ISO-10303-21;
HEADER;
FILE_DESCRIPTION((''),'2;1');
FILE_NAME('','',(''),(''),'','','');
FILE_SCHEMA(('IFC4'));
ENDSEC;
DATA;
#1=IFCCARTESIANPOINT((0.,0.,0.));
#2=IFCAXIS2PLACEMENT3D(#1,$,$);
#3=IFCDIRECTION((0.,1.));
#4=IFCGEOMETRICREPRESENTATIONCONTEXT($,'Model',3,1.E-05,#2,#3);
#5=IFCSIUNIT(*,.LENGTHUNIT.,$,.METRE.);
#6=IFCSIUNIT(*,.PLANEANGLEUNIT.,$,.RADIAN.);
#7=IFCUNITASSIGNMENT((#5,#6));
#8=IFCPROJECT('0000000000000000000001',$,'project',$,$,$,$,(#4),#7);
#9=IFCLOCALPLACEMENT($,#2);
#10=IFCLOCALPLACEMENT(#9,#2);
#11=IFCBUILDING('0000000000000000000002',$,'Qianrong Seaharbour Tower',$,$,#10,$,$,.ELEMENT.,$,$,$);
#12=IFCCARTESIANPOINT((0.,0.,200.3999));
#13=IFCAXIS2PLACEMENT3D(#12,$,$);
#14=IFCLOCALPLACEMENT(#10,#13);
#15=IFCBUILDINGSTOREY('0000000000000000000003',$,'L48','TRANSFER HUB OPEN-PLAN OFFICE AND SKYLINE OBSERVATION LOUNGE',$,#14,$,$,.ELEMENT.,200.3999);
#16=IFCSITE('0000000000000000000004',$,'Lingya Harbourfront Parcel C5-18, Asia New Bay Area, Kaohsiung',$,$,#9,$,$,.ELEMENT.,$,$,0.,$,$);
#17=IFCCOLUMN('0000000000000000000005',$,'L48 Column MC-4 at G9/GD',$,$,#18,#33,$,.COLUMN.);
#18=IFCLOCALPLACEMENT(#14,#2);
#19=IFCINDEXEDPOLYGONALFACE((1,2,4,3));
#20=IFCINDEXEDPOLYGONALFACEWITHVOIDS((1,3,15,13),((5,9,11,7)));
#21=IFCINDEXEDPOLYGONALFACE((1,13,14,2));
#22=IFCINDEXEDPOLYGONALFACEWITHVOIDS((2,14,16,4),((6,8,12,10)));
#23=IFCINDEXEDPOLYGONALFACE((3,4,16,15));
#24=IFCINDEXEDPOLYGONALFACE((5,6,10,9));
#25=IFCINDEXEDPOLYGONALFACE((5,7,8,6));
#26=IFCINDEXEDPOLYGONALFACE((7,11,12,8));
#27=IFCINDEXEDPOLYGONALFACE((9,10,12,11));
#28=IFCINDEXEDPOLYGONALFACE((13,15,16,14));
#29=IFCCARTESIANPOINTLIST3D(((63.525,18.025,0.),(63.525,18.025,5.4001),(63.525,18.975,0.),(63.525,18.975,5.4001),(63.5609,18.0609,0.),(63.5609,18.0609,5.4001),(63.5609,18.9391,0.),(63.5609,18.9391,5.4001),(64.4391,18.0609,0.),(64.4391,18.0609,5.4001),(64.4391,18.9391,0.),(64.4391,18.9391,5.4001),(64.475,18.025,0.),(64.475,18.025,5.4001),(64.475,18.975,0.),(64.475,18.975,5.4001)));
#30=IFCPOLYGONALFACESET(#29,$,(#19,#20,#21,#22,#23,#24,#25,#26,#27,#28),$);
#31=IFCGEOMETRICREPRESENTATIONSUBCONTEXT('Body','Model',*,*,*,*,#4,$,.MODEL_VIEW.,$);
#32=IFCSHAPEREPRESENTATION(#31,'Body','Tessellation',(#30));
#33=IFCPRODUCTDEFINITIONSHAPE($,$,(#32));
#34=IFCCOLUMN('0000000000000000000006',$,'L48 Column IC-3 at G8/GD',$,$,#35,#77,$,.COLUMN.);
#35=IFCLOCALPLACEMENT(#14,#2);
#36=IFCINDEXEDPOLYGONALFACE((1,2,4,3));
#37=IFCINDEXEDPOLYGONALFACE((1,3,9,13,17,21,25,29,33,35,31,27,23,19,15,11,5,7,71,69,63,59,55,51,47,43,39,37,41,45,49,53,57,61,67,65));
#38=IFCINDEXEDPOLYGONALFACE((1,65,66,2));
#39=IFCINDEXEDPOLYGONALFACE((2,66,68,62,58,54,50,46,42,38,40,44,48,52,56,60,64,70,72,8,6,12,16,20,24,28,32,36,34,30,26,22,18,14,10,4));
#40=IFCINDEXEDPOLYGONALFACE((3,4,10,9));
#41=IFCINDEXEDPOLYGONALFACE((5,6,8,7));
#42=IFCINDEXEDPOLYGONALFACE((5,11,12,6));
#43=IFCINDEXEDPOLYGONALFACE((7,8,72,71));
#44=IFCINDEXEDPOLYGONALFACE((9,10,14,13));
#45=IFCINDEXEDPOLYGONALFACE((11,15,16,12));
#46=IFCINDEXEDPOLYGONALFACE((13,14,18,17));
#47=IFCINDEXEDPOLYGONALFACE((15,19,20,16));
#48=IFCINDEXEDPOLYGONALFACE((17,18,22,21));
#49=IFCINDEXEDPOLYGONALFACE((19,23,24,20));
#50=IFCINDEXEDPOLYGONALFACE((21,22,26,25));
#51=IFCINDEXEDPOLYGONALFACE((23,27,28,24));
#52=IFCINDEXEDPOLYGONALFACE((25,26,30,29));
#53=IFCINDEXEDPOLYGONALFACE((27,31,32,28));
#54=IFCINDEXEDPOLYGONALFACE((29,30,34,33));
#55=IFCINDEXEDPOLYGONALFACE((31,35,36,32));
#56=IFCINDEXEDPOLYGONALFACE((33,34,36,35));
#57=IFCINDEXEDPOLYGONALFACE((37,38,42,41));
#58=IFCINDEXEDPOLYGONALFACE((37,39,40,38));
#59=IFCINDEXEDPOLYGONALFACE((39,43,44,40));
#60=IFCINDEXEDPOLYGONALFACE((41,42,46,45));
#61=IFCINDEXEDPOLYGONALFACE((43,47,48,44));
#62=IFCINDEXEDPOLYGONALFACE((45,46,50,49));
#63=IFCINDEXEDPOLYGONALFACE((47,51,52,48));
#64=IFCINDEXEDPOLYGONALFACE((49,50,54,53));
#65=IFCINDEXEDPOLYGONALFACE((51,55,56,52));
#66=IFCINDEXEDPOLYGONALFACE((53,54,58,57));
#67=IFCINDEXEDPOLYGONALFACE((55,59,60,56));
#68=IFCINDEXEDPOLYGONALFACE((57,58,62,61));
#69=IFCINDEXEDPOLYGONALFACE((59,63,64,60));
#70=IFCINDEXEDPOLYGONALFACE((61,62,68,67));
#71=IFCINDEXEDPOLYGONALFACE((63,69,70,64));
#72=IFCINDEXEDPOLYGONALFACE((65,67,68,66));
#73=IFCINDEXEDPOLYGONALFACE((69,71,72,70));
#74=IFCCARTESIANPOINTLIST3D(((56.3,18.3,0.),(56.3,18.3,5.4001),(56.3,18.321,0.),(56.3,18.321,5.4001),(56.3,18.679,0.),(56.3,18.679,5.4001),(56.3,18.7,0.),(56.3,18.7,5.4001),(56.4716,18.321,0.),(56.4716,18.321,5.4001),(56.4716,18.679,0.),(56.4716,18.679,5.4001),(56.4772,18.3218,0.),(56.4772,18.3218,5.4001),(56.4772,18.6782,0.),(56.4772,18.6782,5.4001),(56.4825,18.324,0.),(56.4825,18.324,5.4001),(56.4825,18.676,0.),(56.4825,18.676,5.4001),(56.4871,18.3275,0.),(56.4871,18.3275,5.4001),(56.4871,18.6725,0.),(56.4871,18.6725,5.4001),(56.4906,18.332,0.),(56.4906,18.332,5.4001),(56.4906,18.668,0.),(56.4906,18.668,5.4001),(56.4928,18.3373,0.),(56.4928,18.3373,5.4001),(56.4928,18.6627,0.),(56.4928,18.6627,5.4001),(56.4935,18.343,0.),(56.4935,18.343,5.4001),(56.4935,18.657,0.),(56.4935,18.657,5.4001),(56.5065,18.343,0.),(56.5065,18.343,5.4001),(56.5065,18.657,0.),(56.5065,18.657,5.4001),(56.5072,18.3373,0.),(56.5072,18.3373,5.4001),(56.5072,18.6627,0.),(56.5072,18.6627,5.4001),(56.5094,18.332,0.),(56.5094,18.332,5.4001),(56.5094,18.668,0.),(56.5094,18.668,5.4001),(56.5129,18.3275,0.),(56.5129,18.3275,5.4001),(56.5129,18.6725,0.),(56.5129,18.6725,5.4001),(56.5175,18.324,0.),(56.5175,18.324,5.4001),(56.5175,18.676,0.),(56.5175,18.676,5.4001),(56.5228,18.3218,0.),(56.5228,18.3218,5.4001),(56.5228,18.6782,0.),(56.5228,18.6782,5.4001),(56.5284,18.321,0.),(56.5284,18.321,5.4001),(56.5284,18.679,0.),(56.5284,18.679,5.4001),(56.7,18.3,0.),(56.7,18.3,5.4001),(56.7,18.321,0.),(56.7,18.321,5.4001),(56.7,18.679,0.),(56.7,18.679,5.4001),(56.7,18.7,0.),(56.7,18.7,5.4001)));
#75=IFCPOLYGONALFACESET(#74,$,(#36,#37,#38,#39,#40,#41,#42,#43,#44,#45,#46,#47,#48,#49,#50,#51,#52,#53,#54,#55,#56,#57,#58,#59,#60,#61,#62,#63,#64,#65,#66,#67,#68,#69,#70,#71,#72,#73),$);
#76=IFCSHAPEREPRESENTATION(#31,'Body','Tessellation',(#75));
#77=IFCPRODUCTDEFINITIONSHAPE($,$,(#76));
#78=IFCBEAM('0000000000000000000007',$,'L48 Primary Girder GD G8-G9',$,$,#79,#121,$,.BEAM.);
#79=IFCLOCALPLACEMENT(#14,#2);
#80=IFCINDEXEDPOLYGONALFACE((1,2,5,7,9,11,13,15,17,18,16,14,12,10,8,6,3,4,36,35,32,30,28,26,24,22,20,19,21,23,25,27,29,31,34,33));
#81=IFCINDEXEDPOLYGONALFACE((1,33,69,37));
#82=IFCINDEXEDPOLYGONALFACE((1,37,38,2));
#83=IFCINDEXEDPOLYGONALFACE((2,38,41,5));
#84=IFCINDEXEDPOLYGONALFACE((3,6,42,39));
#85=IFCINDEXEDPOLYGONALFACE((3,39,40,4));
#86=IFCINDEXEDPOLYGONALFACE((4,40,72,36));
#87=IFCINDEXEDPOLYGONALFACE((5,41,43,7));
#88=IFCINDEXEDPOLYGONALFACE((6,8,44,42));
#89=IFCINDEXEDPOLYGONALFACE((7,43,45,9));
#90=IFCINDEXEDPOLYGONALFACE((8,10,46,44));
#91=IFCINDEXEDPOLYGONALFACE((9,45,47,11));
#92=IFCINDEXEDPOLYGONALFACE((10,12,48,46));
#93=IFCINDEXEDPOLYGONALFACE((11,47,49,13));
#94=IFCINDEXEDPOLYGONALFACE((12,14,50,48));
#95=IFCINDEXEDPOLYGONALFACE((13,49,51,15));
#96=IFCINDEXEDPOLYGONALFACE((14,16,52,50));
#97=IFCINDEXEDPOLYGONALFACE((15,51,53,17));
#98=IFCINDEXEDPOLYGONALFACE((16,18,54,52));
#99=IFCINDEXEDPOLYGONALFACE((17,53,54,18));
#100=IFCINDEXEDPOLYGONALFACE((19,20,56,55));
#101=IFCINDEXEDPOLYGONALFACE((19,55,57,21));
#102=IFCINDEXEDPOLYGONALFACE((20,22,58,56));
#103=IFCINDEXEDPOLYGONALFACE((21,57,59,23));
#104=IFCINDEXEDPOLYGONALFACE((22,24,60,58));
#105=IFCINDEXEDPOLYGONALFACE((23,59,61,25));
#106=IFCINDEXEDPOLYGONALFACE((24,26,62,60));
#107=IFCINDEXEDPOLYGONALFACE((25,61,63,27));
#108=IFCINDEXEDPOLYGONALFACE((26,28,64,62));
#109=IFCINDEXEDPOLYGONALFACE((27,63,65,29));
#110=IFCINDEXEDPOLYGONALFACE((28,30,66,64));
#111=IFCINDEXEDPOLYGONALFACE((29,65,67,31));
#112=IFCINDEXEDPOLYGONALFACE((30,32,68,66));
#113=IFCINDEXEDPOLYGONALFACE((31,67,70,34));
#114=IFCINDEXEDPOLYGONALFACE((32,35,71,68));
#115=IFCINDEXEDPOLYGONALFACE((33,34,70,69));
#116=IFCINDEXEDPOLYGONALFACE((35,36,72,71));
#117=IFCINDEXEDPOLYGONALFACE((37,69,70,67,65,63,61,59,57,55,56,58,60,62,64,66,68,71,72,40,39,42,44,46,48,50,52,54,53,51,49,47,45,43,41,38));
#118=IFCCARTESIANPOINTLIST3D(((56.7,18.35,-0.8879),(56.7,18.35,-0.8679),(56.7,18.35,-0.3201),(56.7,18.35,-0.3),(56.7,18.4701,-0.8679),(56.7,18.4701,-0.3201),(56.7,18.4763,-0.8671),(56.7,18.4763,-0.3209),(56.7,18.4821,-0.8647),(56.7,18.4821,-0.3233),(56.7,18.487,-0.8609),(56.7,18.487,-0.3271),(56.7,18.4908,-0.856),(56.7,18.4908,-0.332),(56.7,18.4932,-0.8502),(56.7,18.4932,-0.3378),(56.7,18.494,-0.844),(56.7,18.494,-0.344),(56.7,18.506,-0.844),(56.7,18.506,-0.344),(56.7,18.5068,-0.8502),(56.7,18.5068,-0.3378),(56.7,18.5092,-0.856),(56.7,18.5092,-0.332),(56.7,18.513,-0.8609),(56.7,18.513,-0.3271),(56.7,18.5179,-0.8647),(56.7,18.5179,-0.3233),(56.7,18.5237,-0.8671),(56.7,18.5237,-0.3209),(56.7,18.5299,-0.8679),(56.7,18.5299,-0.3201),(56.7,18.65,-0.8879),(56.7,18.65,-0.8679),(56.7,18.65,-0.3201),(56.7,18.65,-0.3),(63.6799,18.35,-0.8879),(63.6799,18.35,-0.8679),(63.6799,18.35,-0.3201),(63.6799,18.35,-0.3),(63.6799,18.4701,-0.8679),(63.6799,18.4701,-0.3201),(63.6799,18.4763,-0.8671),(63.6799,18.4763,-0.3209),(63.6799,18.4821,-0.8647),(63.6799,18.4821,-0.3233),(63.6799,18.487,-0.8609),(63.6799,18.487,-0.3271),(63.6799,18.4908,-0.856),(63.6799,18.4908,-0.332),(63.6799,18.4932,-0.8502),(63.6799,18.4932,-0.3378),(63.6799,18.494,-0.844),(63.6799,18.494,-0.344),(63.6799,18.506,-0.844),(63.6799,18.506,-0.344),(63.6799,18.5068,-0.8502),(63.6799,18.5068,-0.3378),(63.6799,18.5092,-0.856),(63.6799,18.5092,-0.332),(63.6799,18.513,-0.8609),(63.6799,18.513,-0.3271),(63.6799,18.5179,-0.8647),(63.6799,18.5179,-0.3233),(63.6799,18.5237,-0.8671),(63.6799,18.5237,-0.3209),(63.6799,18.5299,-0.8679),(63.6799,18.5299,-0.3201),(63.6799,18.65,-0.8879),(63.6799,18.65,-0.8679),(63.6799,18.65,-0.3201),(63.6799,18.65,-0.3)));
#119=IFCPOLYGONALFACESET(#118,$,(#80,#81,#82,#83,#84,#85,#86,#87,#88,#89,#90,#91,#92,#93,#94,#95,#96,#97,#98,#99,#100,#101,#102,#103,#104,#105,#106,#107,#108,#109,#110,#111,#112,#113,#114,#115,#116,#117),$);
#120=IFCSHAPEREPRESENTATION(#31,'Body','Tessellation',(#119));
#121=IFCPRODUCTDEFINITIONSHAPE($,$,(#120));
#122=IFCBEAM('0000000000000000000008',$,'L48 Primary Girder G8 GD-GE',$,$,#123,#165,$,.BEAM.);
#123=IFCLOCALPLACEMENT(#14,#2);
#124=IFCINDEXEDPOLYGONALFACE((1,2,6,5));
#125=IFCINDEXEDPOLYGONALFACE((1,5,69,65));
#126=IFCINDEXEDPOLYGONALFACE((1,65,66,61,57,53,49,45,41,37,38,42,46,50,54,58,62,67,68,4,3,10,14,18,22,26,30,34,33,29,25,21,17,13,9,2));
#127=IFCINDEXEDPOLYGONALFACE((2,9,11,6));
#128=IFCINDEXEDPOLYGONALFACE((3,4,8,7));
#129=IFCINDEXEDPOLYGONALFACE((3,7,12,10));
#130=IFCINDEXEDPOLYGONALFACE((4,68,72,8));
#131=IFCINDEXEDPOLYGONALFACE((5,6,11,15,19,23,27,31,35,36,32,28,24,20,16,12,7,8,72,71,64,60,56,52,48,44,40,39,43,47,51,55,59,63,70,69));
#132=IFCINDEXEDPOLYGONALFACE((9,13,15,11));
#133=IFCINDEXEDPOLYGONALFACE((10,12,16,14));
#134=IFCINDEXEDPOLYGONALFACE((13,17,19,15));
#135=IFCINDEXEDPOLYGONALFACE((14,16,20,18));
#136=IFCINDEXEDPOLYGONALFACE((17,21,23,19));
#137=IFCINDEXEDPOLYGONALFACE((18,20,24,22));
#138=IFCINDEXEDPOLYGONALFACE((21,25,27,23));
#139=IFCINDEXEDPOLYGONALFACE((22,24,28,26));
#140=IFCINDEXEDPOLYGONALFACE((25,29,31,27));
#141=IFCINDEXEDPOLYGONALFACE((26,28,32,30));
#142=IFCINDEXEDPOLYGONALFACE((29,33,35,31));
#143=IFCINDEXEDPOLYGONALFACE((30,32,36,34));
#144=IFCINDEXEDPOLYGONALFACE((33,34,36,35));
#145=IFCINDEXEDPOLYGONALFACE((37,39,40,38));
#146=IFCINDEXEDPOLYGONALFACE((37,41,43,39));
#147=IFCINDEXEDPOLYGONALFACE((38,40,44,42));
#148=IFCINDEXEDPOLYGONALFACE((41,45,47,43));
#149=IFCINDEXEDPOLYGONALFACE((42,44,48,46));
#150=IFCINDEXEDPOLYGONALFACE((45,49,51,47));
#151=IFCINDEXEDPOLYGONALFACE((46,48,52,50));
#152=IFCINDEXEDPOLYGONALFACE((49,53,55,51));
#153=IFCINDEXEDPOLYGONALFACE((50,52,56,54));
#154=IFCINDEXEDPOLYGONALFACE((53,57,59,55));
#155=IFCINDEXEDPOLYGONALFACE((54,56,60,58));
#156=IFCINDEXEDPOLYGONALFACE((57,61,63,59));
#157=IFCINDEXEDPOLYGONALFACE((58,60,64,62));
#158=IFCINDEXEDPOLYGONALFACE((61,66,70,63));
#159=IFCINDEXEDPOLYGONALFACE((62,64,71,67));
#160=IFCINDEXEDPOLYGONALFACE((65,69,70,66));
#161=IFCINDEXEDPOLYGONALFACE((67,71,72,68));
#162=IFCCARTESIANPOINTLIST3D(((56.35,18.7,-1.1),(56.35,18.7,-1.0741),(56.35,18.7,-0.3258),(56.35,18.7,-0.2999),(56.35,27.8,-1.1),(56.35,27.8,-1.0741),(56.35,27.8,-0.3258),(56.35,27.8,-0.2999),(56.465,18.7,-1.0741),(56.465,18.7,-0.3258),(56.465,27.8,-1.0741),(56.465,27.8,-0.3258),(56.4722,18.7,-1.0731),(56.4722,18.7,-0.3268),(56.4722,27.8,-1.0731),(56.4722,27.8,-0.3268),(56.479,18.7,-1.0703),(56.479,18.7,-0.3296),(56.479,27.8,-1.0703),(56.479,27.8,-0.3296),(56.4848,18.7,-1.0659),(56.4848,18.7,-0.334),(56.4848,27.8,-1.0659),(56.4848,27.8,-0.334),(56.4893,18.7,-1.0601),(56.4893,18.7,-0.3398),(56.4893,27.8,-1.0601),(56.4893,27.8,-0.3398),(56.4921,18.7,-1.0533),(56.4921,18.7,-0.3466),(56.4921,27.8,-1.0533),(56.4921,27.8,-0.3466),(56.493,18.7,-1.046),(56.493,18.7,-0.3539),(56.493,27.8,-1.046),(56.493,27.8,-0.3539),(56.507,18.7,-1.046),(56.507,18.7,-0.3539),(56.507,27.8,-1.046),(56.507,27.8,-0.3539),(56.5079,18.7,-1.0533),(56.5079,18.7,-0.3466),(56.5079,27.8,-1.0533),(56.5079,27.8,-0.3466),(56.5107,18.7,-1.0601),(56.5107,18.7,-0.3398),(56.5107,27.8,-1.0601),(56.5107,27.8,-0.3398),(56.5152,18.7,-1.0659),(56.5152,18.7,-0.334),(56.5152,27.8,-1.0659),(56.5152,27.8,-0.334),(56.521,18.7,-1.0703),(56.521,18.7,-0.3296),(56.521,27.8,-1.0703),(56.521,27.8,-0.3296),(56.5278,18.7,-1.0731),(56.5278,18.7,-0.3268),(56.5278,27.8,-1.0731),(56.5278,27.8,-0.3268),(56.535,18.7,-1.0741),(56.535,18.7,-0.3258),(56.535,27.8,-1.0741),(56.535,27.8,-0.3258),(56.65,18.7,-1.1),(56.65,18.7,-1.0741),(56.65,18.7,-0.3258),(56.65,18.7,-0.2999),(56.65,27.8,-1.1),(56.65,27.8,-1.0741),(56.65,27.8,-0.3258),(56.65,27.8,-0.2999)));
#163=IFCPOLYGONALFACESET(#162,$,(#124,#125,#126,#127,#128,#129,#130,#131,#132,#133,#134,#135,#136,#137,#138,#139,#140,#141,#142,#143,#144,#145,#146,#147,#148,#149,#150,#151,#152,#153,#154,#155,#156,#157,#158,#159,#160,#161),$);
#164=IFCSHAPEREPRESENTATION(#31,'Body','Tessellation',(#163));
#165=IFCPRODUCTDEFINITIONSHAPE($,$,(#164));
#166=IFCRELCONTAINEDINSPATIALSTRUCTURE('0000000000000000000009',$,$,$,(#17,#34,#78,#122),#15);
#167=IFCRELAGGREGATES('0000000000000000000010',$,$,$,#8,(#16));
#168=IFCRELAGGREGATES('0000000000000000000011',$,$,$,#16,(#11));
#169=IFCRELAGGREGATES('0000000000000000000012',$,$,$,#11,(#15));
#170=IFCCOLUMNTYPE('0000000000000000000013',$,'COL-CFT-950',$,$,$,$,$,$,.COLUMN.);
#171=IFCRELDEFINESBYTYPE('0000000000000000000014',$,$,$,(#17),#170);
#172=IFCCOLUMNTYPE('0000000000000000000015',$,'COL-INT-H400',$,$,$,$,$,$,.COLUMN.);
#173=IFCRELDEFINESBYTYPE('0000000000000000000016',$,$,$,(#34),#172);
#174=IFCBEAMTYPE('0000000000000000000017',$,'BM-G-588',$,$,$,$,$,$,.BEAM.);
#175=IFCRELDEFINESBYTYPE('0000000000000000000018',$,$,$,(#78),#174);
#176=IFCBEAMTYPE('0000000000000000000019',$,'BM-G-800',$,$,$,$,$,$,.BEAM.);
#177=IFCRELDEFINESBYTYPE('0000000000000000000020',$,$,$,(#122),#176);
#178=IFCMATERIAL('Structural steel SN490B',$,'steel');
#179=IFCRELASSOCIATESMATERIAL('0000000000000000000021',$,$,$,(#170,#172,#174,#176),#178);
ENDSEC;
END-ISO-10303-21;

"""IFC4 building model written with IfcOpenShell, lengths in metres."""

from ifc_helpers import new_model, si_unit, direction, frame, origin, origin_2d, place, context, subcontext, project, spatial, hollow_rectangle, i_section, extrude, material, material_profile, profile_set, type_object, element, save


model = new_model("IFC4")

# Units and contexts
model_context = context("Model", 3, precision=1e-05, world=origin(), true_north=direction((0.0, 1.0)))
body_context = subcontext(model_context, "Body", "Model", "MODEL_VIEW")
ifc_project = project(units=[si_unit("LENGTHUNIT", "METRE"), si_unit("PLANEANGLEUNIT", "RADIAN")], contexts=[model_context])

# Site, building, storey
site_placement = place(None, origin())
site = spatial("IfcSite", under=ifc_project, at=site_placement, Name="Lingya Harbourfront Parcel C5-18, Asia New Bay Area, Kaohsiung", CompositionType="ELEMENT", RefElevation=0.0)
building_placement = place(site_placement, origin())
building = spatial("IfcBuilding", under=site, at=building_placement, Name="Qianrong Seaharbour Tower", CompositionType="ELEMENT")
storey_placement = place(building_placement, frame((0.0, 0.0, 200.3999)))
storey = spatial("IfcBuildingStorey", under=building, at=storey_placement, Name="L48", Description="TRANSFER HUB OPEN-PLAN OFFICE AND SKYLINE OBSERVATION LOUNGE", CompositionType="ELEMENT", Elevation=200.3999)

# Columns
ifc_material_1 = material(Name="Structural steel SN490B", Category="steel")
ifc_material_profile_1 = material_profile(ifc_material_1, hollow_rectangle(XDim=0.95, YDim=0.95, WallThickness=0.0359, at=origin_2d()), Name="BOX950x950x36")
ifc_profile_set_1 = profile_set([ifc_material_profile_1], Name="Structural steel SN490B")
column_type_1 = type_object("IfcColumnType", Name="COL-CFT-950", PredefinedType="COLUMN", material=ifc_profile_set_1)
column_1_placement = place(storey_placement, frame((64.0, 18.5, 0.0), z_axis=(0.0, 0.0, 1.0), x_axis=(1.0, 0.0, 0.0)))
element("IfcColumn", 1, at=column_1_placement, inside=storey, type_object=column_type_1, Name="L48 Column MC-4 at G9/GD", PredefinedType="COLUMN", context=body_context, shape_type="SweptSolid", body=[
    extrude(hollow_rectangle(XDim=0.95, YDim=0.95, WallThickness=0.0359, at=origin_2d()), origin(), (0.0, 0.0, 1.0), 5.4001),
])
ifc_material_profile_2 = material_profile(ifc_material_1, i_section(OverallWidth=0.3999, OverallDepth=0.3999, WebThickness=0.0129, FlangeThickness=0.021, FilletRadius=0.022, at=origin_2d()), Name="H400x400x13x21")
ifc_profile_set_2 = profile_set([ifc_material_profile_2], Name="Structural steel SN490B")
column_type_2 = type_object("IfcColumnType", Name="COL-INT-H400", PredefinedType="COLUMN", material=ifc_profile_set_2)
column_2_placement = place(storey_placement, frame((56.5, 18.5, 0.0), z_axis=(0.0, 0.0, 1.0), x_axis=(1.0, 0.0, 0.0)))
element("IfcColumn", 2, at=column_2_placement, inside=storey, type_object=column_type_2, Name="L48 Column IC-3 at G8/GD", PredefinedType="COLUMN", context=body_context, shape_type="SweptSolid", body=[
    extrude(i_section(OverallWidth=0.3999, OverallDepth=0.3999, WebThickness=0.0129, FlangeThickness=0.021, FilletRadius=0.022, at=origin_2d()), origin(), (0.0, 0.0, 1.0), 5.4001),
])

# Beams
ifc_material_profile_3 = material_profile(ifc_material_1, i_section(OverallWidth=0.3, OverallDepth=0.5879, WebThickness=0.012, FlangeThickness=0.02, FilletRadius=0.0239, at=origin_2d()), Name="H588x300x12x20")
ifc_profile_set_3 = profile_set([ifc_material_profile_3], Name="Structural steel SN490B")
beam_type_1 = type_object("IfcBeamType", Name="BM-G-588", PredefinedType="BEAM", material=ifc_profile_set_3)
beam_1_placement = place(storey_placement, frame((56.7, 18.5, -0.594), z_axis=(1.0, 0.0, 0.0), x_axis=(0.0, 1.0, 0.0)))
element("IfcBeam", 3, at=beam_1_placement, inside=storey, type_object=beam_type_1, Name="L48 Primary Girder GD G8-G9", PredefinedType="BEAM", context=body_context, shape_type="SweptSolid", body=[
    extrude(i_section(OverallWidth=0.3, OverallDepth=0.5879, WebThickness=0.012, FlangeThickness=0.02, FilletRadius=0.0239, at=origin_2d()), origin(), (0.0, 0.0, 1.0), 6.98),
])
ifc_material_profile_4 = material_profile(ifc_material_1, i_section(OverallWidth=0.3, OverallDepth=0.8, WebThickness=0.0139, FlangeThickness=0.0259, FilletRadius=0.0281, at=origin_2d()), Name="H800x300x14x26")
ifc_profile_set_4 = profile_set([ifc_material_profile_4], Name="Structural steel SN490B")
beam_type_2 = type_object("IfcBeamType", Name="BM-G-800", PredefinedType="BEAM", material=ifc_profile_set_4)
beam_2_placement = place(storey_placement, frame((56.5, 18.7, -0.7), z_axis=(0.0, 1.0, 0.0), x_axis=(-1.0, 0.0, 0.0)))
element("IfcBeam", 4, at=beam_2_placement, inside=storey, type_object=beam_type_2, Name="L48 Primary Girder G8 GD-GE", PredefinedType="BEAM", context=body_context, shape_type="SweptSolid", body=[
    extrude(i_section(OverallWidth=0.3, OverallDepth=0.8, WebThickness=0.0139, FlangeThickness=0.0259, FilletRadius=0.0281, at=origin_2d()), origin(), (0.0, 0.0, 1.0), 9.1001),
])

save(model, "model.ifc")
